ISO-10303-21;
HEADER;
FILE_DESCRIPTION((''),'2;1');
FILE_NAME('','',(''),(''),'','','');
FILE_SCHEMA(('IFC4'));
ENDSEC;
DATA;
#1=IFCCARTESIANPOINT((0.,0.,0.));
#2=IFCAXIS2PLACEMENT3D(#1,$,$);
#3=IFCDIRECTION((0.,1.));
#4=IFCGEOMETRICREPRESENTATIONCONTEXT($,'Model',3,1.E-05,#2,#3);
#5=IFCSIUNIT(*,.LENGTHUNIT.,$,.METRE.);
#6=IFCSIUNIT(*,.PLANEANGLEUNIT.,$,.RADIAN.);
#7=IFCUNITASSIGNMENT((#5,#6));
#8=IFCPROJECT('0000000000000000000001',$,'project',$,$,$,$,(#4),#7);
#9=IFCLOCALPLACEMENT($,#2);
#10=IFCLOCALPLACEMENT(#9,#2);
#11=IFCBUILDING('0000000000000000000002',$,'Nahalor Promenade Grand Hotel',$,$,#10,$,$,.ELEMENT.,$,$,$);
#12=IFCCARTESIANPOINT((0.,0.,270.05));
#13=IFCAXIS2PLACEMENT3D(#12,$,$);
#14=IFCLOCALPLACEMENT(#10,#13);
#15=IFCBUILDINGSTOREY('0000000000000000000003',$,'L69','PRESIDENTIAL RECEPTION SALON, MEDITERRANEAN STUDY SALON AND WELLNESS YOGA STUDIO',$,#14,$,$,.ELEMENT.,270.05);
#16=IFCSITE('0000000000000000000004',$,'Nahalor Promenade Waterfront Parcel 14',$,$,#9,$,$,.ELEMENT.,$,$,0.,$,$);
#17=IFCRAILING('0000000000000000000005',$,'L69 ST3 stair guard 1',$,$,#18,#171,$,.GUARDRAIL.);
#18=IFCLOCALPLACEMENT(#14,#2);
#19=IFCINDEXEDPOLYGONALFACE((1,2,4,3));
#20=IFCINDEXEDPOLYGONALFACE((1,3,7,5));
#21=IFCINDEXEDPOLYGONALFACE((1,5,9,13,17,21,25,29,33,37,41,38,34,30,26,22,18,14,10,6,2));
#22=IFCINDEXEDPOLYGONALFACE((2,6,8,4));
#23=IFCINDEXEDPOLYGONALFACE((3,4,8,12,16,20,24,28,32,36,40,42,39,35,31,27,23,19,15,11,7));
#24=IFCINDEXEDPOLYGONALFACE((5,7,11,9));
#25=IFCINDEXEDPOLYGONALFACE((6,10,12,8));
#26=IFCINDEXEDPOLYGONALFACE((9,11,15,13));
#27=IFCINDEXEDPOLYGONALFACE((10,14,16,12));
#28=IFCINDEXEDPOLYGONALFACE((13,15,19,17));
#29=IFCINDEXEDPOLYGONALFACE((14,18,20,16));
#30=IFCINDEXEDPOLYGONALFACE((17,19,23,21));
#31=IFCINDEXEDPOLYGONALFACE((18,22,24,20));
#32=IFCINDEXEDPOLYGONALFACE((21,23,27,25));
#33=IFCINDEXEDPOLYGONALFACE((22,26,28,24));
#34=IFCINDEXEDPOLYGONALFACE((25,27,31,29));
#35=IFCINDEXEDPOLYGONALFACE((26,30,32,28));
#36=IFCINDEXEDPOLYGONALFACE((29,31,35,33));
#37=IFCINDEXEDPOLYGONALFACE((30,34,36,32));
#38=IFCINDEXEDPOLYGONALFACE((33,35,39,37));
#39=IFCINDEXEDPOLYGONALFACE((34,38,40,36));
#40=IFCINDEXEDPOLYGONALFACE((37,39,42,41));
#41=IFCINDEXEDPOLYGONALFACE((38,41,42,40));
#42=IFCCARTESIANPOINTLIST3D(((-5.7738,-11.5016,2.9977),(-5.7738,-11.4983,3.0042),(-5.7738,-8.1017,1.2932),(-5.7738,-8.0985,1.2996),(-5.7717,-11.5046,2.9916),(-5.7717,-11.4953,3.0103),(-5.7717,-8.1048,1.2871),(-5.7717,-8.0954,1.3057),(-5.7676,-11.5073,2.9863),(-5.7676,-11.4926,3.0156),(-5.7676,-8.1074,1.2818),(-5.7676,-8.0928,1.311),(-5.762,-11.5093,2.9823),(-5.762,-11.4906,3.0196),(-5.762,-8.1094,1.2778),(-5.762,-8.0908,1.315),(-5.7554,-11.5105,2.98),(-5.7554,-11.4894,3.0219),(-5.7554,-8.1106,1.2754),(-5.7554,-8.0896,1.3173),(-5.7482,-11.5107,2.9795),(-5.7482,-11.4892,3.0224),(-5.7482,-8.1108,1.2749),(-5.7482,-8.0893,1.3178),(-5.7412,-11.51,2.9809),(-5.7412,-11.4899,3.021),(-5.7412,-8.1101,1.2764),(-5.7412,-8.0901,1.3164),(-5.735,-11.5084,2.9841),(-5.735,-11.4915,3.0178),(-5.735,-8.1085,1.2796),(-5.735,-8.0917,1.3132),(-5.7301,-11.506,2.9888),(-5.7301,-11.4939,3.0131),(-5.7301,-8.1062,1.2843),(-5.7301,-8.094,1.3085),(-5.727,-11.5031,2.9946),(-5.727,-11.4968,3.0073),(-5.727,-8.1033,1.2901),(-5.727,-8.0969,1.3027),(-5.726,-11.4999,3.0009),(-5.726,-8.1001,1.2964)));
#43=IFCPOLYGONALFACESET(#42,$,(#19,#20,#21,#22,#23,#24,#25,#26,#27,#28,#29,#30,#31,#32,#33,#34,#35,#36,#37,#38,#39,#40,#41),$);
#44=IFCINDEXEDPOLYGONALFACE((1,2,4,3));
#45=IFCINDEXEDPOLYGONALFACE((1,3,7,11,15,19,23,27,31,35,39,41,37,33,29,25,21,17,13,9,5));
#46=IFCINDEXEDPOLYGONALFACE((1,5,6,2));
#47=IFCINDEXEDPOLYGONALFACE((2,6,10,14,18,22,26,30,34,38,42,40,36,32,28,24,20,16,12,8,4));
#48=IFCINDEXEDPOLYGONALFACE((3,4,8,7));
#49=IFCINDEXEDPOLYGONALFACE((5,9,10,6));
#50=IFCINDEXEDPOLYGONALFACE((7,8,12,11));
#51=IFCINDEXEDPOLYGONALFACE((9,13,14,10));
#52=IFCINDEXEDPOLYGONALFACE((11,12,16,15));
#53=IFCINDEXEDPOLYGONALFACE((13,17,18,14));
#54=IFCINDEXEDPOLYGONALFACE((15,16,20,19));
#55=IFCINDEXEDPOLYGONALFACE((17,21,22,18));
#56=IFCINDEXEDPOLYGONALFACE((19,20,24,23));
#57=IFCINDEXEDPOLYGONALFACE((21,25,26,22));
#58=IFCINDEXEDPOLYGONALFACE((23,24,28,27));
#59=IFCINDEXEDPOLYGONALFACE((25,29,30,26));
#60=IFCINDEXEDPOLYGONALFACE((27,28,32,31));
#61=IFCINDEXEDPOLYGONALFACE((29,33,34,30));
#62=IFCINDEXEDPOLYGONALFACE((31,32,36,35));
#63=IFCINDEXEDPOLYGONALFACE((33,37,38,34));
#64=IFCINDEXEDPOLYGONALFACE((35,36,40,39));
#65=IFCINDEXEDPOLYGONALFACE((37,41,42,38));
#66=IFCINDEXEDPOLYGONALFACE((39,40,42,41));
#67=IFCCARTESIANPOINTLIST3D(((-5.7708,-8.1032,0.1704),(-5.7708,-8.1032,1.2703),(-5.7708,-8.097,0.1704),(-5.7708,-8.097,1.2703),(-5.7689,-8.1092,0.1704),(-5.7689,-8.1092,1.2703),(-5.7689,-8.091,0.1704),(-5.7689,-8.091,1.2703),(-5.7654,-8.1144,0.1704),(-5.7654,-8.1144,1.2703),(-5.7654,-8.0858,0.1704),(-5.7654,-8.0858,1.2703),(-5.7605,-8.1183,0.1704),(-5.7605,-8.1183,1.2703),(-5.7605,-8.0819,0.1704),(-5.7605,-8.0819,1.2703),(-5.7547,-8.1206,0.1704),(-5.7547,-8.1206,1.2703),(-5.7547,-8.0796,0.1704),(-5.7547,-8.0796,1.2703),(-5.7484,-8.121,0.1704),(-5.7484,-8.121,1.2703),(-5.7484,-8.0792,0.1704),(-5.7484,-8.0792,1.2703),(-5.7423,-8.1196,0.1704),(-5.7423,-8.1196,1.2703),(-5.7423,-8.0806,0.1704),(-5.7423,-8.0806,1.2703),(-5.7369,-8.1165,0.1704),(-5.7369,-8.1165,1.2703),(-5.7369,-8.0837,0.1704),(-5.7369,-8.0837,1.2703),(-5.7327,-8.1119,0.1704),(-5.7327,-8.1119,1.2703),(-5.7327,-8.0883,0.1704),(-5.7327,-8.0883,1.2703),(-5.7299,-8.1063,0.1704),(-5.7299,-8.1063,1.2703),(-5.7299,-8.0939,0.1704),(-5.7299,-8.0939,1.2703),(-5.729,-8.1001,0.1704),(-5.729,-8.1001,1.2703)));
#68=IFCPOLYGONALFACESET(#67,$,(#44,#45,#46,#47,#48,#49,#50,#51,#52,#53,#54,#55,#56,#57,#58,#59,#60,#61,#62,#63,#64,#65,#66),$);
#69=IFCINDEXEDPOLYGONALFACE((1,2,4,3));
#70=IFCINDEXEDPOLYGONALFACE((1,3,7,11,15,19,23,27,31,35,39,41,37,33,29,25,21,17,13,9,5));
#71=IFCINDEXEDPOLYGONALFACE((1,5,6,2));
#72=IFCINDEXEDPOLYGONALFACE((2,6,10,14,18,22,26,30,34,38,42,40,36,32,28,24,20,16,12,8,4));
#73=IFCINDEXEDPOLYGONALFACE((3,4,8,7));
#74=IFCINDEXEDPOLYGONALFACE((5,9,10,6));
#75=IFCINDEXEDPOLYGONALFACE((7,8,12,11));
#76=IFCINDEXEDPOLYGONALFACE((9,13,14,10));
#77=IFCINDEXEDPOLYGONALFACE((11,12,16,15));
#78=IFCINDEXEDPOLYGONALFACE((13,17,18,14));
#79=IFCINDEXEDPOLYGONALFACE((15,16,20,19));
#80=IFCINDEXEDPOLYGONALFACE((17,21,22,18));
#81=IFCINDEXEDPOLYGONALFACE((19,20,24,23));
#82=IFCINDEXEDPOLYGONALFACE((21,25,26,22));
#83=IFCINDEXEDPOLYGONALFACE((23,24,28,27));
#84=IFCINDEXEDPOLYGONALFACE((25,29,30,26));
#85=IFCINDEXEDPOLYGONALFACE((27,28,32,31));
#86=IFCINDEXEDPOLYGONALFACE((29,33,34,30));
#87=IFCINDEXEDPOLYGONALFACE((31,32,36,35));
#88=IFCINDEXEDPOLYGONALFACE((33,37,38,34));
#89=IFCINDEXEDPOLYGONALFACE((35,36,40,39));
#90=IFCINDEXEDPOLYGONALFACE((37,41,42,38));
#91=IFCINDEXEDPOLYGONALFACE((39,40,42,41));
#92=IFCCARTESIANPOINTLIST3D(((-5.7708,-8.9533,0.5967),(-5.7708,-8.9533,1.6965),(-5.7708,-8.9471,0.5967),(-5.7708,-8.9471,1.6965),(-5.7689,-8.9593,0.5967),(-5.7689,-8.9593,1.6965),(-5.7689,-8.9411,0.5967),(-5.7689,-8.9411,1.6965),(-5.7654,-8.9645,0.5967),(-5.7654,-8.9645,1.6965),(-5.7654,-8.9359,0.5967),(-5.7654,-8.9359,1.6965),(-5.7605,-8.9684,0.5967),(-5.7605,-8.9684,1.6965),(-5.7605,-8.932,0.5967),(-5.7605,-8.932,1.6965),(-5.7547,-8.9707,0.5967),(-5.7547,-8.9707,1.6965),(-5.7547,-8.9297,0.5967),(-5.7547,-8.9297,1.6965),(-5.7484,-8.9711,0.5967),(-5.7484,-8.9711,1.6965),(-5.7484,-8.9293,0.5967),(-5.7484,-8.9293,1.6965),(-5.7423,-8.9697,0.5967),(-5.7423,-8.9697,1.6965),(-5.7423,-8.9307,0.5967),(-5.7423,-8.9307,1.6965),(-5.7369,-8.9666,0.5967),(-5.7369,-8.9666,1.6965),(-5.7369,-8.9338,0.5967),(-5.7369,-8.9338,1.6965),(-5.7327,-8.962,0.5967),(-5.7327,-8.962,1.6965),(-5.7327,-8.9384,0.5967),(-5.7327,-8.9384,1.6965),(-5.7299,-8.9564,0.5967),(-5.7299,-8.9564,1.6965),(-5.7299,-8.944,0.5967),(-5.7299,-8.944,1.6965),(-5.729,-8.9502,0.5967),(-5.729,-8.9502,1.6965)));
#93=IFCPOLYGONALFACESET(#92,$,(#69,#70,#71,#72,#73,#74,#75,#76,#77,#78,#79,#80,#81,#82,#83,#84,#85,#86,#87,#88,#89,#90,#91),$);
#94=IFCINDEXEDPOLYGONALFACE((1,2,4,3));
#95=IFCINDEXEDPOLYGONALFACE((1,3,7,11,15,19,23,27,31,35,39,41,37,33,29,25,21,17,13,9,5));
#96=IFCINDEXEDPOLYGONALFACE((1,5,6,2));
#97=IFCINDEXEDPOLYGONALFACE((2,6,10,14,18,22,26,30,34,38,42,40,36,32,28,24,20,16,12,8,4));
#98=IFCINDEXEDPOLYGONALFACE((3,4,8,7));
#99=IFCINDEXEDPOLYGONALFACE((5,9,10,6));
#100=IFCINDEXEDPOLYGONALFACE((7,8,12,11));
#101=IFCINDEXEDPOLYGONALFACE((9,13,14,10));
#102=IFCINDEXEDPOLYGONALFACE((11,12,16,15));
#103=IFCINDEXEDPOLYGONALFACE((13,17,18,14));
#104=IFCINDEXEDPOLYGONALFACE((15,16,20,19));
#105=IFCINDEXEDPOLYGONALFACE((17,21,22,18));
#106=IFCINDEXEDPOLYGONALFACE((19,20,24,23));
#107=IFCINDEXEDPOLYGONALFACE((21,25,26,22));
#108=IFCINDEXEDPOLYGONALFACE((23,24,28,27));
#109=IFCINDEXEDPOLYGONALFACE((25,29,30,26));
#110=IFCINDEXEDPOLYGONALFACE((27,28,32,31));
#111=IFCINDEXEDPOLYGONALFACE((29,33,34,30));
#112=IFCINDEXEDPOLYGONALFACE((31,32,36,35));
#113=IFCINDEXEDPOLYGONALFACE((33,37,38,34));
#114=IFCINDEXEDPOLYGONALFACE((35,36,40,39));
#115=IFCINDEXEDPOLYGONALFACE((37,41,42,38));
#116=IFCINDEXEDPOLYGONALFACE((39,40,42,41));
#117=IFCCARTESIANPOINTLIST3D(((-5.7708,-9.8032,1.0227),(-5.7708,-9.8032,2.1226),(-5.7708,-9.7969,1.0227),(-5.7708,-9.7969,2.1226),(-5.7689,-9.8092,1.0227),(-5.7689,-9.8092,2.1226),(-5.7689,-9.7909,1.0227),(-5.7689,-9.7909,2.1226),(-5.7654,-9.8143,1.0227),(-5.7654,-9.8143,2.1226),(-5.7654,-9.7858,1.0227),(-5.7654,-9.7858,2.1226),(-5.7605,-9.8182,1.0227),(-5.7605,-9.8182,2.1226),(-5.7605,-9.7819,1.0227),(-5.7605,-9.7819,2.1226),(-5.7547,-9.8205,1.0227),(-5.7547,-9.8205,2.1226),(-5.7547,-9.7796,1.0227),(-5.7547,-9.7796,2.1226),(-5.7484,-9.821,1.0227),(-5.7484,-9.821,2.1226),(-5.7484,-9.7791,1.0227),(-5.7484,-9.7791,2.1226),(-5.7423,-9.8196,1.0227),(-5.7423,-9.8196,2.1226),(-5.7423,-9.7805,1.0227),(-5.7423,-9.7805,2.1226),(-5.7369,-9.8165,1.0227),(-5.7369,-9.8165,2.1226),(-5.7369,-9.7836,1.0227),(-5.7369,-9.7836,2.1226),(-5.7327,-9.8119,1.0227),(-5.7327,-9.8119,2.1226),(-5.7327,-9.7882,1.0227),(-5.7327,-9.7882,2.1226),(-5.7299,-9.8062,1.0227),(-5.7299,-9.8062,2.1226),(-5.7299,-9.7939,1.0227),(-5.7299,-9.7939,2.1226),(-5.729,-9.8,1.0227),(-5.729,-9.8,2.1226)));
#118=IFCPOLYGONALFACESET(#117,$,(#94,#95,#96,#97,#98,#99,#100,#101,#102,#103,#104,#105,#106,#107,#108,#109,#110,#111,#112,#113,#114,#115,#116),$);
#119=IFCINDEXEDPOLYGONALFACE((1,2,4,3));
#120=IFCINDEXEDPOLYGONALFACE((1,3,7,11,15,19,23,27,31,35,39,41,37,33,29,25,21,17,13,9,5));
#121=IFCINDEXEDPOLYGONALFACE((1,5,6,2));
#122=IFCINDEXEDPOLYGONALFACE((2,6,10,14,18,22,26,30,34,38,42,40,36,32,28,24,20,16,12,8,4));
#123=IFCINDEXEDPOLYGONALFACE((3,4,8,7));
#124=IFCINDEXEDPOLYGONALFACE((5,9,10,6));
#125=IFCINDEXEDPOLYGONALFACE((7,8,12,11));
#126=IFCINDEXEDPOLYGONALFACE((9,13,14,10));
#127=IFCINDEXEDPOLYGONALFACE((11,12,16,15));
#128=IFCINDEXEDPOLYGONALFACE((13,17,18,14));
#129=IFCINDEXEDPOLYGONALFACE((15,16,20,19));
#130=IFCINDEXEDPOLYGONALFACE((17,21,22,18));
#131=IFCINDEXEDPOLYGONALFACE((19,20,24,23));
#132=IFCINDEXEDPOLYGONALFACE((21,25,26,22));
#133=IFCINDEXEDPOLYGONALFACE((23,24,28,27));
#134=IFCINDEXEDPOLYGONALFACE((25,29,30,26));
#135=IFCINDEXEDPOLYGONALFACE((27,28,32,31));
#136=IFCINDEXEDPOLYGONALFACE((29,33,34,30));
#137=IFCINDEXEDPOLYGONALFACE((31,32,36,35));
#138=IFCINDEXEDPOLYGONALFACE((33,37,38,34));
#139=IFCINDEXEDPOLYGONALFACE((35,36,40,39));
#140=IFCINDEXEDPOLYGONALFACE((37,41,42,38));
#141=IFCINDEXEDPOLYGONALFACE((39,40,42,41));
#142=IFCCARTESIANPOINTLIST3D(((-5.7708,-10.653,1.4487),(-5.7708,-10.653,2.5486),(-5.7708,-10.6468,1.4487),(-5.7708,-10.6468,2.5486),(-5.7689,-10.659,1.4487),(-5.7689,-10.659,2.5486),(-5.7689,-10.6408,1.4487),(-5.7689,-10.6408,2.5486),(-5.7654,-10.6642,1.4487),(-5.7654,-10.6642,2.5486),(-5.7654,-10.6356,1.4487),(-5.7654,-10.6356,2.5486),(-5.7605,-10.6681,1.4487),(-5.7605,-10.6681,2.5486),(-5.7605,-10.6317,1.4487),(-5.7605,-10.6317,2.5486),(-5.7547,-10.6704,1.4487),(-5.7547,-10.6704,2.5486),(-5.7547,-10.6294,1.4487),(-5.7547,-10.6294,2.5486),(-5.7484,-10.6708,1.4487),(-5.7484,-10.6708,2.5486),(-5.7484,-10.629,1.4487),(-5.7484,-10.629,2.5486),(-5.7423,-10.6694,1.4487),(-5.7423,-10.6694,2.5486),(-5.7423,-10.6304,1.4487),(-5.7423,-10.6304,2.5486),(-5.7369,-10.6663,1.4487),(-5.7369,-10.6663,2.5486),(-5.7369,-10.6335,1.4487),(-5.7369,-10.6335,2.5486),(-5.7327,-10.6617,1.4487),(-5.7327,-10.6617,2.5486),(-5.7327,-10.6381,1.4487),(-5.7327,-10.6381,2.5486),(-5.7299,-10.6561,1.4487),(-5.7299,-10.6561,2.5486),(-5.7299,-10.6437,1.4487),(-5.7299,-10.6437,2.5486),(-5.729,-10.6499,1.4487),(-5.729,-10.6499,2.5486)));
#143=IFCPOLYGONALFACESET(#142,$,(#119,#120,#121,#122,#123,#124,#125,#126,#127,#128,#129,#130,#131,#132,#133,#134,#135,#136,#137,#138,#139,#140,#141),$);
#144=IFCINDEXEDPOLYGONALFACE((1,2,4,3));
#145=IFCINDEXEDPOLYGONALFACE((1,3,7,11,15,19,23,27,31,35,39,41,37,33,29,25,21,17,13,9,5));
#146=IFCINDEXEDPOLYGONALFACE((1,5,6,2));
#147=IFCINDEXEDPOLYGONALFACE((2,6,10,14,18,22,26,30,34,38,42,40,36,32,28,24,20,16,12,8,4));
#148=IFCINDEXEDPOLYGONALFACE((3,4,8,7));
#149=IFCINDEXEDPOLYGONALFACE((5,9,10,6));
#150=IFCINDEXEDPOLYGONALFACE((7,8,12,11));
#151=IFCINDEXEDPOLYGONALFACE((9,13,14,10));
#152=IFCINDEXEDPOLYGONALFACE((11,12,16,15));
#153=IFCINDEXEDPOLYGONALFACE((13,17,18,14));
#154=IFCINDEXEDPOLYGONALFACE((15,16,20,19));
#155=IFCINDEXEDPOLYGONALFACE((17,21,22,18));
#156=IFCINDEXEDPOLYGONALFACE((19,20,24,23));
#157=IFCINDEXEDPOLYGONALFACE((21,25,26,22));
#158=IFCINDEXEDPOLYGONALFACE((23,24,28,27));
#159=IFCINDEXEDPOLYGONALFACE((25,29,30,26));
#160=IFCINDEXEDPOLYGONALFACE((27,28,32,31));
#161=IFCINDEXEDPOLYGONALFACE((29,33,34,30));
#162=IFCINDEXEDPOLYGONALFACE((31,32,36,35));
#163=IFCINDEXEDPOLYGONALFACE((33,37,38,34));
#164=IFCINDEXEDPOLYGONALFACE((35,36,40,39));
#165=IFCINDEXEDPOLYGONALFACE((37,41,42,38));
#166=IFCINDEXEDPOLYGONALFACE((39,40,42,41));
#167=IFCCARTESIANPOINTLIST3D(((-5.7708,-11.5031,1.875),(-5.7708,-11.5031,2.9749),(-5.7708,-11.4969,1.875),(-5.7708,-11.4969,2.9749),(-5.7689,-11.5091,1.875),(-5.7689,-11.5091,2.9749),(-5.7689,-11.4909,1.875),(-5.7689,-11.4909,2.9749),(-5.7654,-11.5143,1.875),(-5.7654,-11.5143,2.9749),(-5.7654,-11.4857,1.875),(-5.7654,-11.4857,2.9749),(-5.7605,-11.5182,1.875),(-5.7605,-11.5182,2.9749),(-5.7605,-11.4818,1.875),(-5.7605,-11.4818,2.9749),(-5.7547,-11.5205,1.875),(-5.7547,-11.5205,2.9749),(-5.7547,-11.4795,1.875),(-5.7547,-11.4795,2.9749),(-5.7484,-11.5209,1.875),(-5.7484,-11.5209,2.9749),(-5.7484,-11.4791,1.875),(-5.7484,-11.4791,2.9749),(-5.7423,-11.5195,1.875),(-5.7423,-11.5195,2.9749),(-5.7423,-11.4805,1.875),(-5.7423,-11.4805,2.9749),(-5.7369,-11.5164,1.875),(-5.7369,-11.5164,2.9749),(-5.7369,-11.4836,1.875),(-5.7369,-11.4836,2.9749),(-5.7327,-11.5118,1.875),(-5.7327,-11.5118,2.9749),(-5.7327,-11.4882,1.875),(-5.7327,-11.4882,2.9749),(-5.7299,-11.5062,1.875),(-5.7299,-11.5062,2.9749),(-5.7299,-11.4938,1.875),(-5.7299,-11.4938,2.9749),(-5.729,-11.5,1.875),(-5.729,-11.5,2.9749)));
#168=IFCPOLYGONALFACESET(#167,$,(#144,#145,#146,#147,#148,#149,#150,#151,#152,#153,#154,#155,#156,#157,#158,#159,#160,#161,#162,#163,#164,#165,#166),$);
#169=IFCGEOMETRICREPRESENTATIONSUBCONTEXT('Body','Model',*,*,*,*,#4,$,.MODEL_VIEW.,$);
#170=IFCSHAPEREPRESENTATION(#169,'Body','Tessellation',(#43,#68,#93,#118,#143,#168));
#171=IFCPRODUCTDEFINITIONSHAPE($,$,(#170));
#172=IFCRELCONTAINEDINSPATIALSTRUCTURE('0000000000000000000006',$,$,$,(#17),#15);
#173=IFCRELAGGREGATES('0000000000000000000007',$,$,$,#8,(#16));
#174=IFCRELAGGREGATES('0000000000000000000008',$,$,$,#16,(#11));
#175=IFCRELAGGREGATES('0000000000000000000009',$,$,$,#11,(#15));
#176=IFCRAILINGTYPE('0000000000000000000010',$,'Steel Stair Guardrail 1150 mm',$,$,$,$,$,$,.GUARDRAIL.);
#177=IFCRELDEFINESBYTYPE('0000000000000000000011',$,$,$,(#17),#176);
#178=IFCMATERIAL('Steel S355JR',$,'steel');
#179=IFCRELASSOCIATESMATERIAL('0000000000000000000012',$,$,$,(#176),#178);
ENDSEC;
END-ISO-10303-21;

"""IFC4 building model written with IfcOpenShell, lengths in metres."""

from ifc_helpers import new_model, si_unit, direction, frame, origin, origin_2d, place, context, subcontext, project, spatial, circle, extrude, material, type_object, element, save


model = new_model("IFC4")

# Units and contexts
model_context = context("Model", 3, precision=1e-05, world=origin(), true_north=direction((0.0, 1.0)))
body_context = subcontext(model_context, "Body", "Model", "MODEL_VIEW")
ifc_project = project(units=[si_unit("LENGTHUNIT", "METRE"), si_unit("PLANEANGLEUNIT", "RADIAN")], contexts=[model_context])

# Site, building, storey
site_placement = place(None, origin())
site = spatial("IfcSite", under=ifc_project, at=site_placement, Name="Nahalor Promenade Waterfront Parcel 14", CompositionType="ELEMENT", RefElevation=0.0)
building_placement = place(site_placement, origin())
building = spatial("IfcBuilding", under=site, at=building_placement, Name="Nahalor Promenade Grand Hotel", CompositionType="ELEMENT")
storey_placement = place(building_placement, frame((0.0, 0.0, 270.05)))
storey = spatial("IfcBuildingStorey", under=building, at=storey_placement, Name="L69", Description="PRESIDENTIAL RECEPTION SALON, MEDITERRANEAN STUDY SALON AND WELLNESS YOGA STUDIO", CompositionType="ELEMENT", Elevation=270.05)

# Shared definitions
ifc_material_1 = material(Name="Steel S355JR", Category="steel")

# Railing
railing_type_1 = type_object("IfcRailingType", Name="Steel Stair Guardrail 1150 mm", PredefinedType="GUARDRAIL", material=ifc_material_1)
railing_1_placement = place(storey_placement, frame((-5.75, -8.1001, 0.1704)))
element("IfcRailing", 1, at=railing_1_placement, inside=storey, type_object=railing_type_1, Name="L69 ST3 stair guard 1", PredefinedType="GUARDRAIL", context=body_context, shape_type="SweptSolid", body=[
    extrude(circle(Radius=0.024, at=origin_2d()), frame((0.0, 0.0, 1.126), z_axis=(0.0, -0.893939, 0.448189), x_axis=(1.0, 0.0, 0.0)), (0.0, 0.0, 1.0), 3.8032),
    extrude(circle(Radius=0.021, at=origin_2d()), origin(), (0.0, 0.0, 1.0), 1.0999),
    extrude(circle(Radius=0.021, at=origin_2d()), frame((0.0, -0.8501, 0.4263)), (0.0, 0.0, 1.0), 1.0999),
    extrude(circle(Radius=0.021, at=origin_2d()), frame((0.0, -1.7, 0.8523)), (0.0, 0.0, 1.0), 1.0999),
    extrude(circle(Radius=0.021, at=origin_2d()), frame((0.0, -2.5498, 1.2783)), (0.0, 0.0, 1.0), 1.0999),
    extrude(circle(Radius=0.021, at=origin_2d()), frame((0.0, -3.3999, 1.7046)), (0.0, 0.0, 1.0), 1.0999),
])

save(model, "model.ifc")
